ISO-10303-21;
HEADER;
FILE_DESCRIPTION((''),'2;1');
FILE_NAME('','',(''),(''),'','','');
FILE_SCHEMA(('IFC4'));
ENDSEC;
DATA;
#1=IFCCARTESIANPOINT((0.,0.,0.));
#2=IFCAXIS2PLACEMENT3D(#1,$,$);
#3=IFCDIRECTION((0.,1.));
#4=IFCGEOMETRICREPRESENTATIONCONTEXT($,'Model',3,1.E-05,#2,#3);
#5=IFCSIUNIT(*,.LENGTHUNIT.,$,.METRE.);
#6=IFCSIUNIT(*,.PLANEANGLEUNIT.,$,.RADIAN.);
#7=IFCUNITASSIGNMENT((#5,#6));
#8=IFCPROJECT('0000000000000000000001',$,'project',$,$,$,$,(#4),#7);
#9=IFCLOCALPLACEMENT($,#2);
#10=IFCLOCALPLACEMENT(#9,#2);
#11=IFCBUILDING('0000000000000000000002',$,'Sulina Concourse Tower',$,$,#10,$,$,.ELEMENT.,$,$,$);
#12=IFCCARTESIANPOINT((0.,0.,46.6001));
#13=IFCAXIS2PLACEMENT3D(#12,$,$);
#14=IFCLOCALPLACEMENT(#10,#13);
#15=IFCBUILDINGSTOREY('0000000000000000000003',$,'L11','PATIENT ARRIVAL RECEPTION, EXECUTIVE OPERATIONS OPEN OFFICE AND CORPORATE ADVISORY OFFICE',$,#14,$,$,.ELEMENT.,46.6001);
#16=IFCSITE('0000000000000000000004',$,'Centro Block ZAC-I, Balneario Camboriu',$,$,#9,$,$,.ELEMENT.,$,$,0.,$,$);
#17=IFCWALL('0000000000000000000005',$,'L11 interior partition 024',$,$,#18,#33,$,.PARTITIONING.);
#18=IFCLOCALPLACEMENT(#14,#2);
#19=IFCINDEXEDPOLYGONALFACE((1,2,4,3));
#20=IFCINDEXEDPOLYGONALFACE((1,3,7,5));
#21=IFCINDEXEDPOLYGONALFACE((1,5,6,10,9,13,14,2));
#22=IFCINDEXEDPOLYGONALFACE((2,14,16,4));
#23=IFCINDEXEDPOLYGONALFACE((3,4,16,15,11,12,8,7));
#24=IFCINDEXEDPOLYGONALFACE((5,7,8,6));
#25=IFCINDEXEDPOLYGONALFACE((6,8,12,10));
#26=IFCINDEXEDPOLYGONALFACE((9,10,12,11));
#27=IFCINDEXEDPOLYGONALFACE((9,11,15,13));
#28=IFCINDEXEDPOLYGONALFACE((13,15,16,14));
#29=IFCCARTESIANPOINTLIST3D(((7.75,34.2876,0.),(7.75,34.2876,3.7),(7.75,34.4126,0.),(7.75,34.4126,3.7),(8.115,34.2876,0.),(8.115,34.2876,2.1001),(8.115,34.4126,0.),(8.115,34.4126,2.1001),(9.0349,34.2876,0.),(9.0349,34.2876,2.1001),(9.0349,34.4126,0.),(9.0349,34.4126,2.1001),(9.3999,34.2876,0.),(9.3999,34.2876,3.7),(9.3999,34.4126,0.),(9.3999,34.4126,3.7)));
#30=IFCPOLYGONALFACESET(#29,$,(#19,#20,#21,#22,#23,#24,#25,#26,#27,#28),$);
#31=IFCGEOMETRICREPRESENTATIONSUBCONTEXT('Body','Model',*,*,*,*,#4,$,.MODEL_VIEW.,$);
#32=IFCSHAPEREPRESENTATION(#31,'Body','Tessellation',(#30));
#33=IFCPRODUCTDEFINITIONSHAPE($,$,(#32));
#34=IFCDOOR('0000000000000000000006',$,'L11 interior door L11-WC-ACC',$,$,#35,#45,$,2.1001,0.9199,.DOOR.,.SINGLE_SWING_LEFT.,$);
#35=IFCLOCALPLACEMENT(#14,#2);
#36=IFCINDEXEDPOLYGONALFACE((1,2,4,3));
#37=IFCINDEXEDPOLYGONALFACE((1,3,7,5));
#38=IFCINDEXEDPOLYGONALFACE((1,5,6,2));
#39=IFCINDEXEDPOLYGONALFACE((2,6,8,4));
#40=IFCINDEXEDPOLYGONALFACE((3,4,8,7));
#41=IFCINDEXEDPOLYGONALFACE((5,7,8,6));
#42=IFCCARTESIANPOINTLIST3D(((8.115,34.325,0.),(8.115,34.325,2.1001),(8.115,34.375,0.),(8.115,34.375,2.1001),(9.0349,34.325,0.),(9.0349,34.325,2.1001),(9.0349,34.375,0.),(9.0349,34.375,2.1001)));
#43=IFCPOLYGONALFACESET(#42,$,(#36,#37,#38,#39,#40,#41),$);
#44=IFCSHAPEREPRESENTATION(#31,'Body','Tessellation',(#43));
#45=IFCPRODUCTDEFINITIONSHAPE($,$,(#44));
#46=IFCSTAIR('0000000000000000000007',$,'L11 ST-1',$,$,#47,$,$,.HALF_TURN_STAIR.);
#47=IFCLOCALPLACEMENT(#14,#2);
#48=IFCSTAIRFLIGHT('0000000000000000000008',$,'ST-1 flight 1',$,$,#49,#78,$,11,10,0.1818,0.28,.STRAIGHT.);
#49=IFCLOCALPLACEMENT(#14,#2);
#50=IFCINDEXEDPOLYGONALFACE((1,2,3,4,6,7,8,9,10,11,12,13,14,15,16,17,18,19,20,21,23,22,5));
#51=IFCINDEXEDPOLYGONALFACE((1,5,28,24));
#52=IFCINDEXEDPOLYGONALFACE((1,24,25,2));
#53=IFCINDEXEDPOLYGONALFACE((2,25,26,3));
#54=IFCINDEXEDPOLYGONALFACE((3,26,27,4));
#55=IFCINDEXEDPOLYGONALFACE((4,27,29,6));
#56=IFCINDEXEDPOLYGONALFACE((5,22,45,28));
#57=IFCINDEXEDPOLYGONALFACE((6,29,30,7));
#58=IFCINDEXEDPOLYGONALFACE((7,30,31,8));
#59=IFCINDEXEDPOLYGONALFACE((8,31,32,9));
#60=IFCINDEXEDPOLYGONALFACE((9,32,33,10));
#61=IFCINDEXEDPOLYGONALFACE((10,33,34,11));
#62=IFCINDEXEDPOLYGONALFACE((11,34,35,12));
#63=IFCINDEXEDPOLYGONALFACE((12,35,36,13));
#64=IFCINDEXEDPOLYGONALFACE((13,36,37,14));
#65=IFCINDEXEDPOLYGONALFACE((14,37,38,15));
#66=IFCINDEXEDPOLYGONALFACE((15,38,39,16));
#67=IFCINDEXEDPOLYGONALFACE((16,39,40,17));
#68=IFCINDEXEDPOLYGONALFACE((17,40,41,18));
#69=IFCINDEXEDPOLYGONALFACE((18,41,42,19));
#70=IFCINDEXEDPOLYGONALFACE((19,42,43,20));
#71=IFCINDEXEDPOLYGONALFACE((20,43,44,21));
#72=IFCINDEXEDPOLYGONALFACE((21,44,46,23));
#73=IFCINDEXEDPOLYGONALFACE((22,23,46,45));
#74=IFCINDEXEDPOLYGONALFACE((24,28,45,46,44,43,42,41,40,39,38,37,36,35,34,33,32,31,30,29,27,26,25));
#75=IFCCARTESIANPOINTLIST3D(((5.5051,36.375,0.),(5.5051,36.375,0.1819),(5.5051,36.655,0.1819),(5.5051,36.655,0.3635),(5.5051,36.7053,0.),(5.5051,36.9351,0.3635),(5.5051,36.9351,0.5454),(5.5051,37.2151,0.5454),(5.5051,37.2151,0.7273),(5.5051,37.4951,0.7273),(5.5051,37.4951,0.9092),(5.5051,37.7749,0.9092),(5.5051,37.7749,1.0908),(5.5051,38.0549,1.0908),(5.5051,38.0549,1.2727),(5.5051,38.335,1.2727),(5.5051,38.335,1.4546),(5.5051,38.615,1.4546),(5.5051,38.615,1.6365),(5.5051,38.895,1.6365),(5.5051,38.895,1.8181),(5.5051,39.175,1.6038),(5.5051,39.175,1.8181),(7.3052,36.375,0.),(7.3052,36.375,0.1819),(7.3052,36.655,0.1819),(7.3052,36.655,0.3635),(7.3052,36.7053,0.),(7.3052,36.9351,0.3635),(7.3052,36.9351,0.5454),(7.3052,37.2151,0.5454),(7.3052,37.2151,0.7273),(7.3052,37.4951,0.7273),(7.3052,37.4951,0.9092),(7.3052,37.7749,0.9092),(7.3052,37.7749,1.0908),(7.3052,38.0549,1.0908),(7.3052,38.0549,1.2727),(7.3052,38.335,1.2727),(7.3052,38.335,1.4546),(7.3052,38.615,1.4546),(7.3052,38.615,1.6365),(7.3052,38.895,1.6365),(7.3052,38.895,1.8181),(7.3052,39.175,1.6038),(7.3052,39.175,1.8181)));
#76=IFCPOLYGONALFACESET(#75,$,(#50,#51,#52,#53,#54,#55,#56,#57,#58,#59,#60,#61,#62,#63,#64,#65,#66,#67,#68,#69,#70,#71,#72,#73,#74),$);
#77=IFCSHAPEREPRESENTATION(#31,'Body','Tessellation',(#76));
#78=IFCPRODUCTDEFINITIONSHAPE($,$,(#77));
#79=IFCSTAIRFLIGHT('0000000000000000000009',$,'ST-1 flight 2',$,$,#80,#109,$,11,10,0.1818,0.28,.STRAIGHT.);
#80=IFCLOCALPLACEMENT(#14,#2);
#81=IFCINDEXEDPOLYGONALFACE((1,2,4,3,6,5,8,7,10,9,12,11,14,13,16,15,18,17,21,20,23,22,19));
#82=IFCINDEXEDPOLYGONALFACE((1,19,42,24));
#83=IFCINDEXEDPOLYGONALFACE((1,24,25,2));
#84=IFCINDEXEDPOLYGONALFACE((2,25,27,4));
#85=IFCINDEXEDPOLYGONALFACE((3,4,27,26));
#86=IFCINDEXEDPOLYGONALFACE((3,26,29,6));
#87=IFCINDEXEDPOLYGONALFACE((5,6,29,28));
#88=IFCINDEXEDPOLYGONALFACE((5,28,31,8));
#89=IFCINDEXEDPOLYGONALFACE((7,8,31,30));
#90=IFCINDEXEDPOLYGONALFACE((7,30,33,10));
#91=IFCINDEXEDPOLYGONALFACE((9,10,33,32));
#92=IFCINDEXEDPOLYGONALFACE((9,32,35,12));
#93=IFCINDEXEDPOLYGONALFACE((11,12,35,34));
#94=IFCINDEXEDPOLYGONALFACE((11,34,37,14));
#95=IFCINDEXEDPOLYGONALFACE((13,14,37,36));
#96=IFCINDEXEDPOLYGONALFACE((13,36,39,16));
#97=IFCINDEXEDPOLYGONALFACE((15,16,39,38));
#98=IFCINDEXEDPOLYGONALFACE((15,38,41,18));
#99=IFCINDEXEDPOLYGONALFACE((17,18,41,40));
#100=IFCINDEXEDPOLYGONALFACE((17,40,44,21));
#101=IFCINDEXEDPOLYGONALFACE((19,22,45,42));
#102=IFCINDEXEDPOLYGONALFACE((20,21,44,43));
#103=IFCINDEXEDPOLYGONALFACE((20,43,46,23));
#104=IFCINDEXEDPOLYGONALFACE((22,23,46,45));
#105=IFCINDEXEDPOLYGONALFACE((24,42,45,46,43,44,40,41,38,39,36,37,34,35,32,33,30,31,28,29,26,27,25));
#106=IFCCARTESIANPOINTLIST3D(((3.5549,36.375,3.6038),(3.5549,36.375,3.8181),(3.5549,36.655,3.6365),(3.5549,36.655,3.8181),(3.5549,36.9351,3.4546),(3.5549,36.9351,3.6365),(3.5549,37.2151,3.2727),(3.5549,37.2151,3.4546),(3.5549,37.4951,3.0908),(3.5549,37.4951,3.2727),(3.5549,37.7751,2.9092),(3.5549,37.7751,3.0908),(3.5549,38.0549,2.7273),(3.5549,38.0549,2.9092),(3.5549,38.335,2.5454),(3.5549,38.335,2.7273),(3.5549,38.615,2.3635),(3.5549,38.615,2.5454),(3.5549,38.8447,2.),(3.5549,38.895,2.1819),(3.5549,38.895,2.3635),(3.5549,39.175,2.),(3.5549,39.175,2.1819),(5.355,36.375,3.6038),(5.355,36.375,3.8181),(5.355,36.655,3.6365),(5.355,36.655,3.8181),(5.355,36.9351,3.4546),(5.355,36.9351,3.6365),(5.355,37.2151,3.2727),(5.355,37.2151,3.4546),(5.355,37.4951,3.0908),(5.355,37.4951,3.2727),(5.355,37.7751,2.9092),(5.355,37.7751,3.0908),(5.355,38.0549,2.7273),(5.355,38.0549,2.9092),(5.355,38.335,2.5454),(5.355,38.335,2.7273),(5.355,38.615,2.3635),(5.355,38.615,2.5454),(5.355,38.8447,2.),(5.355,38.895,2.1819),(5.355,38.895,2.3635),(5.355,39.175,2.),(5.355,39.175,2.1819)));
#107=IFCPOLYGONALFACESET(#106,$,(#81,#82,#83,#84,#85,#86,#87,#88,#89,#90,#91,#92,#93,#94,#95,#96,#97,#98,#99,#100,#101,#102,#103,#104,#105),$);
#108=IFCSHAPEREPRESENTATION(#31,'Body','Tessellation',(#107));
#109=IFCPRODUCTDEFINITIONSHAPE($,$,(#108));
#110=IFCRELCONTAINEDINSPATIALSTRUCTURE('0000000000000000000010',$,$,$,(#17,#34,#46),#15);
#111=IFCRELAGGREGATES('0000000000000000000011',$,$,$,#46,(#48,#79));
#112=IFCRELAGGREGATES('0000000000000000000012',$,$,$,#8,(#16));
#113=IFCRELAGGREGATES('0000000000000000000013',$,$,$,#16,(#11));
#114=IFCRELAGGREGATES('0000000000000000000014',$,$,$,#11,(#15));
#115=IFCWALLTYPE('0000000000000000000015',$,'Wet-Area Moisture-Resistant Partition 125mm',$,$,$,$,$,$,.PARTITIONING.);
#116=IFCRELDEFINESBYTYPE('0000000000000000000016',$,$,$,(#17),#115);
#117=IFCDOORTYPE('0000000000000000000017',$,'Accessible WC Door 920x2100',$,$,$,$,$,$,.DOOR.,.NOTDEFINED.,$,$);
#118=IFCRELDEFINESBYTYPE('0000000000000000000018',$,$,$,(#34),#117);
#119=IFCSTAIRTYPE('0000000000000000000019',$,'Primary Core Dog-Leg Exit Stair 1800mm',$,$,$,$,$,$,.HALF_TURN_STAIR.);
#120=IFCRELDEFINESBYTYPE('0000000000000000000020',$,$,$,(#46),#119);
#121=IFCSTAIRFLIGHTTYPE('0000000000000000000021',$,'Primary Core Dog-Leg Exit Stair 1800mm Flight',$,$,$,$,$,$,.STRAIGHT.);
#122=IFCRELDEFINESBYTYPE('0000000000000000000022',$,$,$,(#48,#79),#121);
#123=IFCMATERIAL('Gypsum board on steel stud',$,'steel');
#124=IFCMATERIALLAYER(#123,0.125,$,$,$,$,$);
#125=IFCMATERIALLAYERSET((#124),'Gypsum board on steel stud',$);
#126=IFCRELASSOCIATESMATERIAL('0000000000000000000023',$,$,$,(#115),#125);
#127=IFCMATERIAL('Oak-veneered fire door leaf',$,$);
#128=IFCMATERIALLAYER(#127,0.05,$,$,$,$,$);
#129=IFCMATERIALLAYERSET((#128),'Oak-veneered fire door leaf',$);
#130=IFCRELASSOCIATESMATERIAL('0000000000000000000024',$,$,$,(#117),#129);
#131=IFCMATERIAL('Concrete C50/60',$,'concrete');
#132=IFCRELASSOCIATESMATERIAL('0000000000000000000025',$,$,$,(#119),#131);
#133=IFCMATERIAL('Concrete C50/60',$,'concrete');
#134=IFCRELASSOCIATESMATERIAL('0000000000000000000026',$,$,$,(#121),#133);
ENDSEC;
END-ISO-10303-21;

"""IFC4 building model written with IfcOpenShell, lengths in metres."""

from ifc_helpers import new_model, si_unit, direction, frame, frame_2d, origin, place, context, subcontext, project, spatial, polyline, rectangle, outline, extrude, material, layer, layer_set, type_object, element, fill, aggregate, save


model = new_model("IFC4")

# Units and contexts
model_context = context("Model", 3, precision=1e-05, world=origin(), true_north=direction((0.0, 1.0)))
body_context = subcontext(model_context, "Body", "Model", "MODEL_VIEW")
ifc_project = project(units=[si_unit("LENGTHUNIT", "METRE"), si_unit("PLANEANGLEUNIT", "RADIAN")], contexts=[model_context])

# Site, building, storey
site_placement = place(None, origin())
site = spatial("IfcSite", under=ifc_project, at=site_placement, Name="Centro Block ZAC-I, Balneario Camboriu", CompositionType="ELEMENT", RefElevation=0.0)
building_placement = place(site_placement, origin())
building = spatial("IfcBuilding", under=site, at=building_placement, Name="Sulina Concourse Tower", CompositionType="ELEMENT")
storey_placement = place(building_placement, frame((0.0, 0.0, 46.6001)))
storey = spatial("IfcBuildingStorey", under=building, at=storey_placement, Name="L11", Description="PATIENT ARRIVAL RECEPTION, EXECUTIVE OPERATIONS OPEN OFFICE AND CORPORATE ADVISORY OFFICE", CompositionType="ELEMENT", Elevation=46.6001)

# Wall, opening, door
ifc_material_1 = material(Name="Gypsum board on steel stud", Category="steel")
ifc_layer_1 = layer(ifc_material_1, 0.125)
ifc_layer_set_1 = layer_set([ifc_layer_1], Name="Gypsum board on steel stud")
wall_type_1 = type_object("IfcWallType", Name="Wet-Area Moisture-Resistant Partition 125mm", PredefinedType="PARTITIONING", material=ifc_layer_set_1)
wall_1_placement = place(storey_placement, frame((7.75, 34.3501, 0.0), z_axis=(0.0, 0.0, 1.0), x_axis=(1.0, 0.0, 0.0)))
wall_1 = element("IfcWall", 1, at=wall_1_placement, inside=storey, type_object=wall_type_1, Name="L11 interior partition 024", PredefinedType="PARTITIONING", context=body_context, shape_type="SweptSolid", body=[
    extrude(rectangle(XDim=1.6499, YDim=0.125, at=frame_2d((0.825, 0.0))), origin(), (0.0, 0.0, 1.0), 3.7),
])
opening_1_placement = place(wall_1_placement, frame((0.365, 0.0, 0.0)))
opening_1 = element("IfcOpeningElement", 2, at=opening_1_placement, cuts=wall_1, PredefinedType="OPENING", context=body_context, shape_type="SweptSolid", body=[
    extrude(rectangle(XDim=0.9199, YDim=2.1001, at=frame_2d((0.46, 1.05))), frame((0.0, 0.0725, 0.0), z_axis=(0.0, -1.0, 0.0), x_axis=(1.0, 0.0, 0.0)), (0.0, 0.0, 1.0), 0.145),
])
ifc_material_2 = material(Name="Oak-veneered fire door leaf")
ifc_layer_2 = layer(ifc_material_2, 0.05)
ifc_layer_set_2 = layer_set([ifc_layer_2], Name="Oak-veneered fire door leaf")
door_type_1 = type_object("IfcDoorType", Name="Accessible WC Door 920x2100", OperationType="NOTDEFINED", PredefinedType="DOOR", material=ifc_layer_set_2)
door_1_placement = place(opening_1_placement, origin())
door_1 = element("IfcDoor", 3, at=door_1_placement, inside=storey, type_object=door_type_1, Name="L11 interior door L11-WC-ACC", OperationType="SINGLE_SWING_LEFT", OverallHeight=2.1001, OverallWidth=0.9199, PredefinedType="DOOR", context=body_context, shape_type="SweptSolid", body=[
    extrude(rectangle(XDim=0.9199, YDim=2.1001, at=frame_2d((0.46, 1.05))), frame((0.0, 0.0249, 0.0), z_axis=(0.0, -1.0, 0.0), x_axis=(1.0, 0.0, 0.0)), (0.0, 0.0, 1.0), 0.05),
])
fill(opening_1, door_1)

# Stair, stair flights
ifc_material_3 = material(Name="Concrete C50/60", Category="concrete")
stair_type = type_object("IfcStairType", Name="Primary Core Dog-Leg Exit Stair 1800mm", PredefinedType="HALF_TURN_STAIR", material=ifc_material_3)
stair_placement = place(storey_placement, origin())
stair = element("IfcStair", 4, at=stair_placement, inside=storey, type_object=stair_type, Name="L11 ST-1", PredefinedType="HALF_TURN_STAIR")
ifc_material_4 = material(Name="Concrete C50/60", Category="concrete")
stair_flight_type = type_object("IfcStairFlightType", Name="Primary Core Dog-Leg Exit Stair 1800mm Flight", PredefinedType="STRAIGHT", material=ifc_material_4)
stair_flight_1_placement = place(storey_placement, frame((6.405, 36.375, 0.0), z_axis=(0.0, 0.0, 1.0), x_axis=(0.0, 1.0, 0.0)))
stair_flight_1 = element("IfcStairFlight", 5, at=stair_flight_1_placement, type_object=stair_flight_type, Name="ST-1 flight 1", NumberOfRisers=11, NumberOfTreads=10, PredefinedType="STRAIGHT", RiserHeight=0.1818, TreadLength=0.28, context=body_context, shape_type="SweptSolid", body=[
    extrude(outline(polyline([(0.0, 0.0), (0.0, 0.1819), (0.28, 0.1819), (0.28, 0.3635), (0.5601, 0.3635), (0.5601, 0.5454), (0.8401, 0.5454), (0.8401, 0.7273), (1.1201, 0.7273), (1.1201, 0.9092), (1.3999, 0.9092), (1.3999, 1.0908), (1.6799, 1.0908), (1.6799, 1.2727), (1.96, 1.2727), (1.96, 1.4546), (2.24, 1.4546), (2.24, 1.6365), (2.52, 1.6365), (2.52, 1.8181), (2.8, 1.8181), (2.8, 2.0), (2.8, 1.6038), (0.3303, 0.0), (0.0, 0.0)])), frame((0.0, 0.8999, 0.0), z_axis=(0.0, -1.0, 0.0), x_axis=(1.0, 0.0, 0.0)), (0.0, 0.0, 1.0), 1.8),
])
stair_flight_2_placement = place(storey_placement, frame((4.4551, 39.175, 2.0), z_axis=(0.0, 0.0, 1.0), x_axis=(0.0, -1.0, 0.0)))
stair_flight_2 = element("IfcStairFlight", 6, at=stair_flight_2_placement, type_object=stair_flight_type, Name="ST-1 flight 2", NumberOfRisers=11, NumberOfTreads=10, PredefinedType="STRAIGHT", RiserHeight=0.1818, TreadLength=0.28, context=body_context, shape_type="SweptSolid", body=[
    extrude(outline(polyline([(0.0, 0.0), (0.0, 0.1819), (0.28, 0.1819), (0.28, 0.3635), (0.5601, 0.3635), (0.5601, 0.5454), (0.8401, 0.5454), (0.8401, 0.7273), (1.1201, 0.7273), (1.1201, 0.9092), (1.3999, 0.9092), (1.3999, 1.0908), (1.6799, 1.0908), (1.6799, 1.2727), (1.96, 1.2727), (1.96, 1.4546), (2.24, 1.4546), (2.24, 1.6365), (2.52, 1.6365), (2.52, 1.8181), (2.8, 1.8181), (2.8, 2.0), (2.8, 1.6038), (0.3303, 0.0), (0.0, 0.0)])), frame((0.0, 0.8999, 0.0), z_axis=(0.0, -1.0, 0.0), x_axis=(1.0, 0.0, 0.0)), (0.0, 0.0, 1.0), 1.8),
])
aggregate(stair, [stair_flight_1, stair_flight_2])

save(model, "model.ifc")
